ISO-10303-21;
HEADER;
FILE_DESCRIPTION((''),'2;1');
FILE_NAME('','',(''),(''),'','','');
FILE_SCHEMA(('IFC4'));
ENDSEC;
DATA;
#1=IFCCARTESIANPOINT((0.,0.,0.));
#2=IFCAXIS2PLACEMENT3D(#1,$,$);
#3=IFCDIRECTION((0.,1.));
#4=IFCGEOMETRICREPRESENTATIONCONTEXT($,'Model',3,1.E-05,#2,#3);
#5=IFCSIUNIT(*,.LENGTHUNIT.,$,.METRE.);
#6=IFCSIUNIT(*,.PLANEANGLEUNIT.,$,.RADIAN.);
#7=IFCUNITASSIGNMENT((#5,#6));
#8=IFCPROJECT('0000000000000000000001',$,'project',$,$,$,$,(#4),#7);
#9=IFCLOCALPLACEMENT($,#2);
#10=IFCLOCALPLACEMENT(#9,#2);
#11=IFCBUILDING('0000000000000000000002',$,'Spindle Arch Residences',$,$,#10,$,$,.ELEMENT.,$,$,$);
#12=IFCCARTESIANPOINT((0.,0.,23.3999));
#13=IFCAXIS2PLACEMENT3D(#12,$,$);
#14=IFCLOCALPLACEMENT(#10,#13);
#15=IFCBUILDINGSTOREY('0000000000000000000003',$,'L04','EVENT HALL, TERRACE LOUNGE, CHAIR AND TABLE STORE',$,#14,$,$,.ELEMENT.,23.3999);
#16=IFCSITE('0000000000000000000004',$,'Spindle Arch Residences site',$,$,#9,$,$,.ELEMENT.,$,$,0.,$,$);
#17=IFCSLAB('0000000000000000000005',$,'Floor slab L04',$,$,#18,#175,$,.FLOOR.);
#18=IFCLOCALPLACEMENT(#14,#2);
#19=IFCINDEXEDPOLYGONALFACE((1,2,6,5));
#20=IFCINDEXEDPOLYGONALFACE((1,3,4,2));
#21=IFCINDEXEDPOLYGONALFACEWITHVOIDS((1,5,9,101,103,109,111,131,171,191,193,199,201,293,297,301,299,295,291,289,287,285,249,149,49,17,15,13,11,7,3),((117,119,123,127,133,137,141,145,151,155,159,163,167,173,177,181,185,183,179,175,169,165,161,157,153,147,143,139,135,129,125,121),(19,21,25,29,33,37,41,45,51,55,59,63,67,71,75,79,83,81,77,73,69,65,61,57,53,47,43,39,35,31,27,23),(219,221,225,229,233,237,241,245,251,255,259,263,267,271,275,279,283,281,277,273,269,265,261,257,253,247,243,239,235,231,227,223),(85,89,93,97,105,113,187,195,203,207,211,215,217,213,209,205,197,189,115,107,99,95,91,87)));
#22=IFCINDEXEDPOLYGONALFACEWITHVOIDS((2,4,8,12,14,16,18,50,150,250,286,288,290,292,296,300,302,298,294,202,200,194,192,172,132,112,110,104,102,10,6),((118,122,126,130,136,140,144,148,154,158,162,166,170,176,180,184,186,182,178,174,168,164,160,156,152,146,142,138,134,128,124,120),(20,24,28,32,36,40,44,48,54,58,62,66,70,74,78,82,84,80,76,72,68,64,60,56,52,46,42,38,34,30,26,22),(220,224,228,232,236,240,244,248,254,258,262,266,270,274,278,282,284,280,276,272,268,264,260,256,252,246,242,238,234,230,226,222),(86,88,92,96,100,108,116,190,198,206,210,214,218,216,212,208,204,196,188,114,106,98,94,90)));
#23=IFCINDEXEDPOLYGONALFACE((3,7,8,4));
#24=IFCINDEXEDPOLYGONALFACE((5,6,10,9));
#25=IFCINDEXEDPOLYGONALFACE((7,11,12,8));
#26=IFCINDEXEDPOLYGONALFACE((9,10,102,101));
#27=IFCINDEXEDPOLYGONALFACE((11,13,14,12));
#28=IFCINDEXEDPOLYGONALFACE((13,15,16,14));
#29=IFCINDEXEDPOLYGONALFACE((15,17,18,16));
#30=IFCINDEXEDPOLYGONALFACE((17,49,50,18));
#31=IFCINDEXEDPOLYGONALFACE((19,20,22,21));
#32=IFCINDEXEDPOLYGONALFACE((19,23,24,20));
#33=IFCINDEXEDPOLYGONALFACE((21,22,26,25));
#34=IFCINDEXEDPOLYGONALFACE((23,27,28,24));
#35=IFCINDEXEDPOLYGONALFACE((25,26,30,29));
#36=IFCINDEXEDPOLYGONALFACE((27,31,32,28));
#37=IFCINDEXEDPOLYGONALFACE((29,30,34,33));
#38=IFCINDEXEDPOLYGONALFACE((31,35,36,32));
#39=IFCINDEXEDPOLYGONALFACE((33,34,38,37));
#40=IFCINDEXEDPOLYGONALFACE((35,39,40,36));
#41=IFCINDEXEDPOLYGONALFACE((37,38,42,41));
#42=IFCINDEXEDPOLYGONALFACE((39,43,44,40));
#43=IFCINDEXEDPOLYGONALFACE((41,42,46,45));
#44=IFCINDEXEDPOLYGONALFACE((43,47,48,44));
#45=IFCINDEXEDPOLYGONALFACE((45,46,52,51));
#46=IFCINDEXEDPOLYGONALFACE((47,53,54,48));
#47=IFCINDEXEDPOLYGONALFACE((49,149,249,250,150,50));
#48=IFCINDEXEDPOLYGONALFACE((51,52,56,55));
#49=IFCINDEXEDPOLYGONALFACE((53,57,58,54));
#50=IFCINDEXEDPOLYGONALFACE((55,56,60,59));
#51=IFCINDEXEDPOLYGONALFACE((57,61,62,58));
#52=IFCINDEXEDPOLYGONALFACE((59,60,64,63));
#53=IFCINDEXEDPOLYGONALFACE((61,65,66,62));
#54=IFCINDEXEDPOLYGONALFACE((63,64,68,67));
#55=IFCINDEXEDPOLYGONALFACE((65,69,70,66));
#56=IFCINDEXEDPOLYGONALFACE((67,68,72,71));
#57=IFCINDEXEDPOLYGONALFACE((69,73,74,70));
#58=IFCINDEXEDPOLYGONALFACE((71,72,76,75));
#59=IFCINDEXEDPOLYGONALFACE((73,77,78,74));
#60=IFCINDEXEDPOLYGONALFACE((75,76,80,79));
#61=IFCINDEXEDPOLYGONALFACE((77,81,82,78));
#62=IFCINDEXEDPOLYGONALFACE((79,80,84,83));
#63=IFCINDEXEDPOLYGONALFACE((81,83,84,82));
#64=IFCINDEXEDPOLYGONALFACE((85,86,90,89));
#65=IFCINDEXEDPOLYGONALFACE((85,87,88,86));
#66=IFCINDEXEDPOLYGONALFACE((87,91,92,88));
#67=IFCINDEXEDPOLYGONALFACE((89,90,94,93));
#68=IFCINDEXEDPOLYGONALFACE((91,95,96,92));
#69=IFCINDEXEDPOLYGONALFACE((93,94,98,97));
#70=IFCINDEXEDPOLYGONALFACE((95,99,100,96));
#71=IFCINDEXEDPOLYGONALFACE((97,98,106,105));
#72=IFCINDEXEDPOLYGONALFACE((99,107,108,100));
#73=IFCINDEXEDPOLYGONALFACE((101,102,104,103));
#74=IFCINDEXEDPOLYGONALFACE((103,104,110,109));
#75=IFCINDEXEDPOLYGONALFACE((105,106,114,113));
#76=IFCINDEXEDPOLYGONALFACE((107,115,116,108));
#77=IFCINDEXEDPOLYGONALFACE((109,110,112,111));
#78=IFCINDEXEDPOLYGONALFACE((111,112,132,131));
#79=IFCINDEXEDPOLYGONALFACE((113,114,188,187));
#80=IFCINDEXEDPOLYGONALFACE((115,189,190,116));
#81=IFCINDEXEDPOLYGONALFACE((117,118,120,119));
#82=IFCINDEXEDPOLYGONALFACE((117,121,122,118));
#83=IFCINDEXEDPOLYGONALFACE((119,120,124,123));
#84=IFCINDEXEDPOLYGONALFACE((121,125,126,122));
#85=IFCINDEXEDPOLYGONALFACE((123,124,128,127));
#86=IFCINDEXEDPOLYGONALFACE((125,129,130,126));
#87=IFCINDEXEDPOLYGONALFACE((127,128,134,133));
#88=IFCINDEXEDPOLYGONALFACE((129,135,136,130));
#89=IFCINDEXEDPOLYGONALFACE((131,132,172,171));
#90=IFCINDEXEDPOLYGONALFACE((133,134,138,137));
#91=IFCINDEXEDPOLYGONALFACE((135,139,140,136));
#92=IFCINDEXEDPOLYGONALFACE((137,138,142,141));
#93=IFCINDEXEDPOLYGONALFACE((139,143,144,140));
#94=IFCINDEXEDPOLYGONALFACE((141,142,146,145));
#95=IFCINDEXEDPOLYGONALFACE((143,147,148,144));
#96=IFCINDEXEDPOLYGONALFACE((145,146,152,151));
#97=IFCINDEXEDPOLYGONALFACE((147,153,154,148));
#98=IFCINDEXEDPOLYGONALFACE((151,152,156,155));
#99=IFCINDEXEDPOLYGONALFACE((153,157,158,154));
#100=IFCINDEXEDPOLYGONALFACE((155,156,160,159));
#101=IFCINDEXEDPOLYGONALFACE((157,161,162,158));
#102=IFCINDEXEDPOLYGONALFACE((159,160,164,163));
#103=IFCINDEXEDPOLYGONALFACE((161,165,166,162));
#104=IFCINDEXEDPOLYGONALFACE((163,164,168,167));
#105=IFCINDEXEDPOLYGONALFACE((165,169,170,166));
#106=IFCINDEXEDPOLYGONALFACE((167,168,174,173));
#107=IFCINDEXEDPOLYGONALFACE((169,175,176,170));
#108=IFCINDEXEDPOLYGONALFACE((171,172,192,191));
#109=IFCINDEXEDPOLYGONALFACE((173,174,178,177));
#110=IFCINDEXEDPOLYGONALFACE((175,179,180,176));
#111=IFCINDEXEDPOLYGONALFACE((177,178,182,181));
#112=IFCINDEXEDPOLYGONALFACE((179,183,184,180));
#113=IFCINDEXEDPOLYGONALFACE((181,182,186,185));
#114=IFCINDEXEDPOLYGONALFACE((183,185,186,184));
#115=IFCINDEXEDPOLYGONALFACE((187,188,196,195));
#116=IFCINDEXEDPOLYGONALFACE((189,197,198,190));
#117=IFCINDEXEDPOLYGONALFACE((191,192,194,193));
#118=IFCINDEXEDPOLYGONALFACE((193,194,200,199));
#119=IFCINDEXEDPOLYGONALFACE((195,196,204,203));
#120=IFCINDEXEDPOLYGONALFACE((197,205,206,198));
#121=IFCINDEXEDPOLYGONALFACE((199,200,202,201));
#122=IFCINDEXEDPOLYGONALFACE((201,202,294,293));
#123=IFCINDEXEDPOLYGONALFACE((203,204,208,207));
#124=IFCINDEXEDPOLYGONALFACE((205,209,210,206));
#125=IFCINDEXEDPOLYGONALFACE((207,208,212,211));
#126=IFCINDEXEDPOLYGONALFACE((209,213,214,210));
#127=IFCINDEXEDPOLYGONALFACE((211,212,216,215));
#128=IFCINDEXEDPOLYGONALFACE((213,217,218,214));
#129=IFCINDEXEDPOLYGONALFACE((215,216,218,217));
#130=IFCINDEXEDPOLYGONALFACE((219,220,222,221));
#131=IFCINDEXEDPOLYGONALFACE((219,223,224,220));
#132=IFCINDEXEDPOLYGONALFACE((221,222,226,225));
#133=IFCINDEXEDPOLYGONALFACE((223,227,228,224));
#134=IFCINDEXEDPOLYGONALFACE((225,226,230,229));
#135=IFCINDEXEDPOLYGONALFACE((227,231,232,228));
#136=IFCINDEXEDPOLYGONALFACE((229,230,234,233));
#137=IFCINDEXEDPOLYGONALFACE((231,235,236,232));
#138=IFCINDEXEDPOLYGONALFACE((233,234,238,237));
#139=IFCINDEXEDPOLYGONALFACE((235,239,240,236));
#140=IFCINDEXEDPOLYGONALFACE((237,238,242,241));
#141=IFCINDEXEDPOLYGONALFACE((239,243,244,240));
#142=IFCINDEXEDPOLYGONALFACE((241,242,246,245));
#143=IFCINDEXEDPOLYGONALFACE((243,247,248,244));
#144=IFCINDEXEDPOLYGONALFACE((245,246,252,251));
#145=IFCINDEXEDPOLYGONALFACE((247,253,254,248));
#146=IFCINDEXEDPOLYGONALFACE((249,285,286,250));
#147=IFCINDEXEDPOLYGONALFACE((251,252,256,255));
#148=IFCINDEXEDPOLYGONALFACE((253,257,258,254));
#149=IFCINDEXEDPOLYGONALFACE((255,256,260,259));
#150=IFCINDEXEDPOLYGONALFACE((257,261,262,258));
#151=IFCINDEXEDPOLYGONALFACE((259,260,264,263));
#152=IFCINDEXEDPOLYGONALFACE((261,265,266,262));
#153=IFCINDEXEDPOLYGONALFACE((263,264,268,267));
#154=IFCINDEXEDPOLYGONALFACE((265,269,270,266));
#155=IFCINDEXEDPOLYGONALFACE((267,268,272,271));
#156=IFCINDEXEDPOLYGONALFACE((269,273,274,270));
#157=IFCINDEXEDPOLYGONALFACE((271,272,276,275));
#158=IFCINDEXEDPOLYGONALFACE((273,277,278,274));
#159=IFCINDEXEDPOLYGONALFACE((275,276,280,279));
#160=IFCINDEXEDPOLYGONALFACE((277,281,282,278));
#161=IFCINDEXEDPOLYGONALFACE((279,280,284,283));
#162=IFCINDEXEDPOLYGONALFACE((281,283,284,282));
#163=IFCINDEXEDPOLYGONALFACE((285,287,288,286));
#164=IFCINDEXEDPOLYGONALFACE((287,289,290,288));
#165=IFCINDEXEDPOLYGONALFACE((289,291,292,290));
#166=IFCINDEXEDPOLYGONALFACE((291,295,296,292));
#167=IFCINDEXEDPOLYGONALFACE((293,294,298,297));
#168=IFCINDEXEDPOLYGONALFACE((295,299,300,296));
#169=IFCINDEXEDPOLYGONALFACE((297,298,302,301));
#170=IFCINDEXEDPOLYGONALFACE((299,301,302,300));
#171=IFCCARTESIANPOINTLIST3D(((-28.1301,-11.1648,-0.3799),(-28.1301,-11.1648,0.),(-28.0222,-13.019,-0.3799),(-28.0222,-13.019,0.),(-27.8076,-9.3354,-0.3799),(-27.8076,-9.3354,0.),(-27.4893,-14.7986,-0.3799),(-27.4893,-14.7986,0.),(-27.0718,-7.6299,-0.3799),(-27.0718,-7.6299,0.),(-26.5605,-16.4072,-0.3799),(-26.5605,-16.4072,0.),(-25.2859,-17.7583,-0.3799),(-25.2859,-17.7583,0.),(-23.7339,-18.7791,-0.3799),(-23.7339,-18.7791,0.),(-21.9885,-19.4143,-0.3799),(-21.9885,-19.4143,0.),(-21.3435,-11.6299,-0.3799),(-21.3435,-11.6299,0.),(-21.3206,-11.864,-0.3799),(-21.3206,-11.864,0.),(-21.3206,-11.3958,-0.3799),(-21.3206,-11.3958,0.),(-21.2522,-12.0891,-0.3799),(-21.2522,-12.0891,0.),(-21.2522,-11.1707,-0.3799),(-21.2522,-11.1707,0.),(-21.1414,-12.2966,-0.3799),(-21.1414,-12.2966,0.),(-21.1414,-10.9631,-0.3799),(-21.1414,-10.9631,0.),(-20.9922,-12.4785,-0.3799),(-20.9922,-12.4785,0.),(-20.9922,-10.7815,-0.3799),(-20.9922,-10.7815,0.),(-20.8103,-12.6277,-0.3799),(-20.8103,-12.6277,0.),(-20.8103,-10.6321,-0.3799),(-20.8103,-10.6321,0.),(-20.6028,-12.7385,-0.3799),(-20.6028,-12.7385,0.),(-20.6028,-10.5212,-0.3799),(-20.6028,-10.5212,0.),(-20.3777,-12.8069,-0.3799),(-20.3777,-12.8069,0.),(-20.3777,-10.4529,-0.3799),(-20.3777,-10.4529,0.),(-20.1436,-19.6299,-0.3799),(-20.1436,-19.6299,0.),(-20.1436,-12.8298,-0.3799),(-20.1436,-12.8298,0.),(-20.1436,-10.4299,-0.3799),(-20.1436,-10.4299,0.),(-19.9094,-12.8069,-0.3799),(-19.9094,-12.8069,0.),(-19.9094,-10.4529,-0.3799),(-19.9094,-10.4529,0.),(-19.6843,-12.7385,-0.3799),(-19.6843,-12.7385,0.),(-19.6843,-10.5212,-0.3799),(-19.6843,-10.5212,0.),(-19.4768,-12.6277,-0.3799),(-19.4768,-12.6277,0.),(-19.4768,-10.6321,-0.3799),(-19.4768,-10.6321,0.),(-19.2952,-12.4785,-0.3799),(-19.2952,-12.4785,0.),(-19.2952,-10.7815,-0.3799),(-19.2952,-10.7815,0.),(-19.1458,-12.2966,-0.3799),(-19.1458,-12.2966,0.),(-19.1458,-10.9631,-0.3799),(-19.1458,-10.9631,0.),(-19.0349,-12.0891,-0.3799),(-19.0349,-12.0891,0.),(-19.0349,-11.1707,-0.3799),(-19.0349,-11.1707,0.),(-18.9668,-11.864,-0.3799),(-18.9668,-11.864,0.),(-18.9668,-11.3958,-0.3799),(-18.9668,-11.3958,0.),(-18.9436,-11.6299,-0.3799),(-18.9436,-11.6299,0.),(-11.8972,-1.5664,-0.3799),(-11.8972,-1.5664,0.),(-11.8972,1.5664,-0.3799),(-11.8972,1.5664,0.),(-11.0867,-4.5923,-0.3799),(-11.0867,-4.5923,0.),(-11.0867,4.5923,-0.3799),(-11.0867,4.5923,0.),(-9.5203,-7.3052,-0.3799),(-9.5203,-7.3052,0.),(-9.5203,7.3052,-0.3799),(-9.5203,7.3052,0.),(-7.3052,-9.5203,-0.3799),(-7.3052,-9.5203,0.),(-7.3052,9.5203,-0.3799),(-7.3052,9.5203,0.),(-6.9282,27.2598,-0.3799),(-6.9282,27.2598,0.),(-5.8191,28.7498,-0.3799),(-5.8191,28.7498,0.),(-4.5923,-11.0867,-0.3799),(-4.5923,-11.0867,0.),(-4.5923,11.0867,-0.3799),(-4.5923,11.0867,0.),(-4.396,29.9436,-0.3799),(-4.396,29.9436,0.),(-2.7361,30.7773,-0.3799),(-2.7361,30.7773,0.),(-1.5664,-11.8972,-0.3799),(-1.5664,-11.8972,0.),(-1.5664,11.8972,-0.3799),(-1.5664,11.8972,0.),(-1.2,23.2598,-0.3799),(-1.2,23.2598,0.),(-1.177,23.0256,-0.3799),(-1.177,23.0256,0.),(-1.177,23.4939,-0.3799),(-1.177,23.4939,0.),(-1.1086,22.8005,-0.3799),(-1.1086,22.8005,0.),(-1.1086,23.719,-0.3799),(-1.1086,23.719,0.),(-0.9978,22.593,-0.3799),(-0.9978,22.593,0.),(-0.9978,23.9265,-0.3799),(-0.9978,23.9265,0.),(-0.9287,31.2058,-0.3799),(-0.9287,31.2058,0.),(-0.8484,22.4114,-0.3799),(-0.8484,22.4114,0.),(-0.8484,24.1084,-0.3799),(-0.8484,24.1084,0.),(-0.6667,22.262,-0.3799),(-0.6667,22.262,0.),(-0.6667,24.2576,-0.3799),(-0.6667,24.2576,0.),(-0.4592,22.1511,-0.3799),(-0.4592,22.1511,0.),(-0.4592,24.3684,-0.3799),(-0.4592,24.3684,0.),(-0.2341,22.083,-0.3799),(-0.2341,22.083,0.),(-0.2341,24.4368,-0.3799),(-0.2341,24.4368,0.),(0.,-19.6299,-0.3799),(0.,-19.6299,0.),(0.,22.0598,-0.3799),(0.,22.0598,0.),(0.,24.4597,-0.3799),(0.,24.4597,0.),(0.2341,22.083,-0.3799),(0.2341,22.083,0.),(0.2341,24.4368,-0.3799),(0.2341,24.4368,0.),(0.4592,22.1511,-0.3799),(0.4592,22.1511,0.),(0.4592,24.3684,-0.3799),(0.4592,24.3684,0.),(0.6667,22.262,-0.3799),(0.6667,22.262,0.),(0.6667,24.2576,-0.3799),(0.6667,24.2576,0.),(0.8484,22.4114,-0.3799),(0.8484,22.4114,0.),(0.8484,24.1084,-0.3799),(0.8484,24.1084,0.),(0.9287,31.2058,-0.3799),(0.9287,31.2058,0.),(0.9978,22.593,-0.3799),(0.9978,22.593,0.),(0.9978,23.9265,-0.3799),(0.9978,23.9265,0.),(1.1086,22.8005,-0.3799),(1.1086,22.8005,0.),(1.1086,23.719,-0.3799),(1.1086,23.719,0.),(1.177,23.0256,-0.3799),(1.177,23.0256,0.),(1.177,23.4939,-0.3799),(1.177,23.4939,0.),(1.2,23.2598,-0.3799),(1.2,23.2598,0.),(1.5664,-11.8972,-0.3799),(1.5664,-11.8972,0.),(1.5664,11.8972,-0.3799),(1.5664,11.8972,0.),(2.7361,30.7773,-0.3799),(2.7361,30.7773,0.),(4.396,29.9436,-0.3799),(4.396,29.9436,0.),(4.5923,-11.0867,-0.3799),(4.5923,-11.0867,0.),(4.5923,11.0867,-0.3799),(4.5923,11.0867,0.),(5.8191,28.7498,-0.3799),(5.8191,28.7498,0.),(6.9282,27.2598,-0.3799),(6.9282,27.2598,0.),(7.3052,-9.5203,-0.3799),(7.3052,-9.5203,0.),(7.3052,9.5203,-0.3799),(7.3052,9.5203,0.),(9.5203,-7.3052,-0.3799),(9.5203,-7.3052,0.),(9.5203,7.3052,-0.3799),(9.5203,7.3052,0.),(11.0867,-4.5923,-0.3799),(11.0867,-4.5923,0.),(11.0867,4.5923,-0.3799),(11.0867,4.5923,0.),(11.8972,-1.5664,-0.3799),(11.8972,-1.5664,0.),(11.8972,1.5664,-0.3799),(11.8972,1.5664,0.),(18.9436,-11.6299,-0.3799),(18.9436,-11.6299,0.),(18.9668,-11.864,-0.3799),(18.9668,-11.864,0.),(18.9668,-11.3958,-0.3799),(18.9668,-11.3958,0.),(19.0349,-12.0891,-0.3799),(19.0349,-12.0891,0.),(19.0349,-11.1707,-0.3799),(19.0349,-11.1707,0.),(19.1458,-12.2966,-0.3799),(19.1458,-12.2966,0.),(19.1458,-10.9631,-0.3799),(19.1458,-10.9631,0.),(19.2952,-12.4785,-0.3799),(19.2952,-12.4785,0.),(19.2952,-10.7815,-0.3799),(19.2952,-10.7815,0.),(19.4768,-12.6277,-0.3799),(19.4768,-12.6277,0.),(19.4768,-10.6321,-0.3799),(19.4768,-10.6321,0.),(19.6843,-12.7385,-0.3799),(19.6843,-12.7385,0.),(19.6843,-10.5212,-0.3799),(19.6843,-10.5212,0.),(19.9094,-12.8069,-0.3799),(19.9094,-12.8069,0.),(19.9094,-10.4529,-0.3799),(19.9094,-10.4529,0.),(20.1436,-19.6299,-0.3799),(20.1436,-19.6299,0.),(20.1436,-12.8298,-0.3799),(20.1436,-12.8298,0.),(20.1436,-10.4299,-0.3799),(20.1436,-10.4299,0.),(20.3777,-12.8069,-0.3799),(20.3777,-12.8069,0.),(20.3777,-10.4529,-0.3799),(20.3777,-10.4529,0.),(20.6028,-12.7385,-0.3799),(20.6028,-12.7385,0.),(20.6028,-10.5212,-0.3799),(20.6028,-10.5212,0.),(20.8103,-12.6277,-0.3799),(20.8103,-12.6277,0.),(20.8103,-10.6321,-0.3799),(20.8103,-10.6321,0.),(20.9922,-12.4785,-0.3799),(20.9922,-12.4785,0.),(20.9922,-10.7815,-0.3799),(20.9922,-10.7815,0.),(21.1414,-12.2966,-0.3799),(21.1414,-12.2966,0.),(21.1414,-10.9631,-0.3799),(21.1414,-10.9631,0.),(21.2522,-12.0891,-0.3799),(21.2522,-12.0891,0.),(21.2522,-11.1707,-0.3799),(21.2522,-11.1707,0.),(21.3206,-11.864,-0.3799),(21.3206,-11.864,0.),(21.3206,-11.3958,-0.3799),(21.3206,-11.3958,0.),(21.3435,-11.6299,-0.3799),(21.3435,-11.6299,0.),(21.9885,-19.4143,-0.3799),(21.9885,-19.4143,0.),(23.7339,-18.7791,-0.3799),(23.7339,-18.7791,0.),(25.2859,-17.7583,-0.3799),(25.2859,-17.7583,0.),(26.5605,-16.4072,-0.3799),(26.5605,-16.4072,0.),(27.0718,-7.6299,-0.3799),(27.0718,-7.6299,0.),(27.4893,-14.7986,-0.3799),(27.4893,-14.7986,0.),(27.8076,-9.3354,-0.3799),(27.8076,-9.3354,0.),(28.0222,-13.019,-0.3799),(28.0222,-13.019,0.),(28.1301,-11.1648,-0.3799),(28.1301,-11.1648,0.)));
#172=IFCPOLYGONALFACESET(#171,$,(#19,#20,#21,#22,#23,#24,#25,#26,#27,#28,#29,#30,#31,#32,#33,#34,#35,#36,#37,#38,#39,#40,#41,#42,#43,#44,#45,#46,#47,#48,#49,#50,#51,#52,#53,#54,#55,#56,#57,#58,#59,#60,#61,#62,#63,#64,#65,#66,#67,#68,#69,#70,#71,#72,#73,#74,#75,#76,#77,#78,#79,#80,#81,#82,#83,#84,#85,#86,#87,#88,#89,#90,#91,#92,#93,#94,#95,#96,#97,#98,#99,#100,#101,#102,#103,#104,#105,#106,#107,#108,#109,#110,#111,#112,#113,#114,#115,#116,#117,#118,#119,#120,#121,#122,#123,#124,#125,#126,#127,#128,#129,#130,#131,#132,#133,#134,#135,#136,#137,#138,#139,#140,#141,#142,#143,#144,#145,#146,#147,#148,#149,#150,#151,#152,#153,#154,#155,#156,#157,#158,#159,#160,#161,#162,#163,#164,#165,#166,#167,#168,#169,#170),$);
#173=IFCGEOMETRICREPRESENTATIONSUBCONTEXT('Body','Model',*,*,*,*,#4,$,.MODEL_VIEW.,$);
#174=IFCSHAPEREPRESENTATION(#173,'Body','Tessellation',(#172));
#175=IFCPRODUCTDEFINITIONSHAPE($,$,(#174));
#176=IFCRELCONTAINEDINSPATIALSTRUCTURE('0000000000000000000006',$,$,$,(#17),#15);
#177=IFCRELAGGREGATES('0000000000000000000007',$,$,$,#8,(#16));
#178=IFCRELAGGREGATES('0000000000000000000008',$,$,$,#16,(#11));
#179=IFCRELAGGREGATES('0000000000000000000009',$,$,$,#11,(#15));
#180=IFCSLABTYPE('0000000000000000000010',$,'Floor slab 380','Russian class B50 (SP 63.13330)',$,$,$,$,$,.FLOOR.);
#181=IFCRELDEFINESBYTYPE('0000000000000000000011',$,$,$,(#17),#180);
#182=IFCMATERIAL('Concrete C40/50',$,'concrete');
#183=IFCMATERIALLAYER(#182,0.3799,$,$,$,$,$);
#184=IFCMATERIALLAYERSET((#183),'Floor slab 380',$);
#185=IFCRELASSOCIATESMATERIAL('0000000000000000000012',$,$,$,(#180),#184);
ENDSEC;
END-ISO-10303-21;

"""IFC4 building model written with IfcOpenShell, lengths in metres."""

from ifc_helpers import new_model, si_unit, direction, frame, origin, place, context, subcontext, project, spatial, polyline, outline, extrude, material, layer, layer_set, type_object, element, save


model = new_model("IFC4")

# Units and contexts
model_context = context("Model", 3, precision=1e-05, world=origin(), true_north=direction((0.0, 1.0)))
body_context = subcontext(model_context, "Body", "Model", "MODEL_VIEW")
ifc_project = project(units=[si_unit("LENGTHUNIT", "METRE"), si_unit("PLANEANGLEUNIT", "RADIAN")], contexts=[model_context])

# Site, building, storey
site_placement = place(None, origin())
site = spatial("IfcSite", under=ifc_project, at=site_placement, Name="Spindle Arch Residences site", CompositionType="ELEMENT", RefElevation=0.0)
building_placement = place(site_placement, origin())
building = spatial("IfcBuilding", under=site, at=building_placement, Name="Spindle Arch Residences", CompositionType="ELEMENT")
storey_placement = place(building_placement, frame((0.0, 0.0, 23.3999)))
storey = spatial("IfcBuildingStorey", under=building, at=storey_placement, Name="L04", Description="EVENT HALL, TERRACE LOUNGE, CHAIR AND TABLE STORE", CompositionType="ELEMENT", Elevation=23.3999)

# Slab
ifc_material_1 = material(Name="Concrete C40/50", Category="concrete")
ifc_layer_1 = layer(ifc_material_1, 0.3799)
ifc_layer_set_1 = layer_set([ifc_layer_1], Name="Floor slab 380")
slab_type_1 = type_object("IfcSlabType", Name="Floor slab 380", Description="Russian class B50 (SP 63.13330)", PredefinedType="FLOOR", material=ifc_layer_set_1)
slab_1_placement = place(storey_placement, frame((0.0, 0.0, -0.3799)))
element("IfcSlab", 1, at=slab_1_placement, inside=storey, type_object=slab_type_1, Name="Floor slab L04", PredefinedType="FLOOR", context=body_context, shape_type="SweptSolid", body=[
    extrude(outline(polyline([(-21.9885, -19.4143), (-23.7339, -18.7791), (-25.2859, -17.7583), (-26.5605, -16.4072), (-27.4893, -14.7986), (-28.0222, -13.019), (-28.1301, -11.1648), (-27.8076, -9.3354), (-27.0718, -7.6299), (-6.9282, 27.2598), (-5.8191, 28.7498), (-4.396, 29.9436), (-2.7361, 30.7773), (-0.9287, 31.2058), (0.9287, 31.2058), (2.7361, 30.7773), (4.396, 29.9436), (5.8191, 28.7498), (6.9282, 27.2598), (27.0718, -7.6299), (27.8076, -9.3354), (28.1301, -11.1648), (28.0222, -13.019), (27.4893, -14.7986), (26.5605, -16.4072), (25.2859, -17.7583), (23.7339, -18.7791), (21.9885, -19.4143), (20.1436, -19.6299), (0.0, -19.6299), (-20.1436, -19.6299), (-21.9885, -19.4143)]), holes=[polyline([(7.3052, -9.5203), (9.5203, -7.3052), (11.0867, -4.5923), (11.8972, -1.5664), (11.8972, 1.5664), (11.0867, 4.5923), (9.5203, 7.3052), (7.3052, 9.5203), (4.5923, 11.0867), (1.5664, 11.8972), (-1.5664, 11.8972), (-4.5923, 11.0867), (-7.3052, 9.5203), (-9.5203, 7.3052), (-11.0867, 4.5923), (-11.8972, 1.5664), (-11.8972, -1.5664), (-11.0867, -4.5923), (-9.5203, -7.3052), (-7.3052, -9.5203), (-4.5923, -11.0867), (-1.5664, -11.8972), (1.5664, -11.8972), (4.5923, -11.0867), (7.3052, -9.5203)]), polyline([(-19.2952, -12.4785), (-19.1458, -12.2966), (-19.0349, -12.0891), (-18.9668, -11.864), (-18.9436, -11.6299), (-18.9668, -11.3958), (-19.0349, -11.1707), (-19.1458, -10.9631), (-19.2952, -10.7815), (-19.4768, -10.6321), (-19.6843, -10.5212), (-19.9094, -10.4529), (-20.1436, -10.4299), (-20.3777, -10.4529), (-20.6028, -10.5212), (-20.8103, -10.6321), (-20.9922, -10.7815), (-21.1414, -10.9631), (-21.2522, -11.1707), (-21.3206, -11.3958), (-21.3435, -11.6299), (-21.3206, -11.864), (-21.2522, -12.0891), (-21.1414, -12.2966), (-20.9922, -12.4785), (-20.8103, -12.6277), (-20.6028, -12.7385), (-20.3777, -12.8069), (-20.1436, -12.8298), (-19.9094, -12.8069), (-19.6843, -12.7385), (-19.4768, -12.6277), (-19.2952, -12.4785)]), polyline([(0.8484, 22.4114), (0.9978, 22.593), (1.1086, 22.8005), (1.177, 23.0256), (1.2, 23.2598), (1.177, 23.4939), (1.1086, 23.719), (0.9978, 23.9265), (0.8484, 24.1084), (0.6667, 24.2576), (0.4592, 24.3684), (0.2341, 24.4368), (0.0, 24.4597), (-0.2341, 24.4368), (-0.4592, 24.3684), (-0.6667, 24.2576), (-0.8484, 24.1084), (-0.9978, 23.9265), (-1.1086, 23.719), (-1.177, 23.4939), (-1.2, 23.2598), (-1.177, 23.0256), (-1.1086, 22.8005), (-0.9978, 22.593), (-0.8484, 22.4114), (-0.6667, 22.262), (-0.4592, 22.1511), (-0.2341, 22.083), (0.0, 22.0598), (0.2341, 22.083), (0.4592, 22.1511), (0.6667, 22.262), (0.8484, 22.4114)]), polyline([(20.9922, -12.4785), (21.1414, -12.2966), (21.2522, -12.0891), (21.3206, -11.864), (21.3435, -11.6299), (21.3206, -11.3958), (21.2522, -11.1707), (21.1414, -10.9631), (20.9922, -10.7815), (20.8103, -10.6321), (20.6028, -10.5212), (20.3777, -10.4529), (20.1436, -10.4299), (19.9094, -10.4529), (19.6843, -10.5212), (19.4768, -10.6321), (19.2952, -10.7815), (19.1458, -10.9631), (19.0349, -11.1707), (18.9668, -11.3958), (18.9436, -11.6299), (18.9668, -11.864), (19.0349, -12.0891), (19.1458, -12.2966), (19.2952, -12.4785), (19.4768, -12.6277), (19.6843, -12.7385), (19.9094, -12.8069), (20.1436, -12.8298), (20.3777, -12.8069), (20.6028, -12.7385), (20.8103, -12.6277), (20.9922, -12.4785)])]), origin(), (0.0, 0.0, 1.0), 0.3799),
])

save(model, "model.ifc")
